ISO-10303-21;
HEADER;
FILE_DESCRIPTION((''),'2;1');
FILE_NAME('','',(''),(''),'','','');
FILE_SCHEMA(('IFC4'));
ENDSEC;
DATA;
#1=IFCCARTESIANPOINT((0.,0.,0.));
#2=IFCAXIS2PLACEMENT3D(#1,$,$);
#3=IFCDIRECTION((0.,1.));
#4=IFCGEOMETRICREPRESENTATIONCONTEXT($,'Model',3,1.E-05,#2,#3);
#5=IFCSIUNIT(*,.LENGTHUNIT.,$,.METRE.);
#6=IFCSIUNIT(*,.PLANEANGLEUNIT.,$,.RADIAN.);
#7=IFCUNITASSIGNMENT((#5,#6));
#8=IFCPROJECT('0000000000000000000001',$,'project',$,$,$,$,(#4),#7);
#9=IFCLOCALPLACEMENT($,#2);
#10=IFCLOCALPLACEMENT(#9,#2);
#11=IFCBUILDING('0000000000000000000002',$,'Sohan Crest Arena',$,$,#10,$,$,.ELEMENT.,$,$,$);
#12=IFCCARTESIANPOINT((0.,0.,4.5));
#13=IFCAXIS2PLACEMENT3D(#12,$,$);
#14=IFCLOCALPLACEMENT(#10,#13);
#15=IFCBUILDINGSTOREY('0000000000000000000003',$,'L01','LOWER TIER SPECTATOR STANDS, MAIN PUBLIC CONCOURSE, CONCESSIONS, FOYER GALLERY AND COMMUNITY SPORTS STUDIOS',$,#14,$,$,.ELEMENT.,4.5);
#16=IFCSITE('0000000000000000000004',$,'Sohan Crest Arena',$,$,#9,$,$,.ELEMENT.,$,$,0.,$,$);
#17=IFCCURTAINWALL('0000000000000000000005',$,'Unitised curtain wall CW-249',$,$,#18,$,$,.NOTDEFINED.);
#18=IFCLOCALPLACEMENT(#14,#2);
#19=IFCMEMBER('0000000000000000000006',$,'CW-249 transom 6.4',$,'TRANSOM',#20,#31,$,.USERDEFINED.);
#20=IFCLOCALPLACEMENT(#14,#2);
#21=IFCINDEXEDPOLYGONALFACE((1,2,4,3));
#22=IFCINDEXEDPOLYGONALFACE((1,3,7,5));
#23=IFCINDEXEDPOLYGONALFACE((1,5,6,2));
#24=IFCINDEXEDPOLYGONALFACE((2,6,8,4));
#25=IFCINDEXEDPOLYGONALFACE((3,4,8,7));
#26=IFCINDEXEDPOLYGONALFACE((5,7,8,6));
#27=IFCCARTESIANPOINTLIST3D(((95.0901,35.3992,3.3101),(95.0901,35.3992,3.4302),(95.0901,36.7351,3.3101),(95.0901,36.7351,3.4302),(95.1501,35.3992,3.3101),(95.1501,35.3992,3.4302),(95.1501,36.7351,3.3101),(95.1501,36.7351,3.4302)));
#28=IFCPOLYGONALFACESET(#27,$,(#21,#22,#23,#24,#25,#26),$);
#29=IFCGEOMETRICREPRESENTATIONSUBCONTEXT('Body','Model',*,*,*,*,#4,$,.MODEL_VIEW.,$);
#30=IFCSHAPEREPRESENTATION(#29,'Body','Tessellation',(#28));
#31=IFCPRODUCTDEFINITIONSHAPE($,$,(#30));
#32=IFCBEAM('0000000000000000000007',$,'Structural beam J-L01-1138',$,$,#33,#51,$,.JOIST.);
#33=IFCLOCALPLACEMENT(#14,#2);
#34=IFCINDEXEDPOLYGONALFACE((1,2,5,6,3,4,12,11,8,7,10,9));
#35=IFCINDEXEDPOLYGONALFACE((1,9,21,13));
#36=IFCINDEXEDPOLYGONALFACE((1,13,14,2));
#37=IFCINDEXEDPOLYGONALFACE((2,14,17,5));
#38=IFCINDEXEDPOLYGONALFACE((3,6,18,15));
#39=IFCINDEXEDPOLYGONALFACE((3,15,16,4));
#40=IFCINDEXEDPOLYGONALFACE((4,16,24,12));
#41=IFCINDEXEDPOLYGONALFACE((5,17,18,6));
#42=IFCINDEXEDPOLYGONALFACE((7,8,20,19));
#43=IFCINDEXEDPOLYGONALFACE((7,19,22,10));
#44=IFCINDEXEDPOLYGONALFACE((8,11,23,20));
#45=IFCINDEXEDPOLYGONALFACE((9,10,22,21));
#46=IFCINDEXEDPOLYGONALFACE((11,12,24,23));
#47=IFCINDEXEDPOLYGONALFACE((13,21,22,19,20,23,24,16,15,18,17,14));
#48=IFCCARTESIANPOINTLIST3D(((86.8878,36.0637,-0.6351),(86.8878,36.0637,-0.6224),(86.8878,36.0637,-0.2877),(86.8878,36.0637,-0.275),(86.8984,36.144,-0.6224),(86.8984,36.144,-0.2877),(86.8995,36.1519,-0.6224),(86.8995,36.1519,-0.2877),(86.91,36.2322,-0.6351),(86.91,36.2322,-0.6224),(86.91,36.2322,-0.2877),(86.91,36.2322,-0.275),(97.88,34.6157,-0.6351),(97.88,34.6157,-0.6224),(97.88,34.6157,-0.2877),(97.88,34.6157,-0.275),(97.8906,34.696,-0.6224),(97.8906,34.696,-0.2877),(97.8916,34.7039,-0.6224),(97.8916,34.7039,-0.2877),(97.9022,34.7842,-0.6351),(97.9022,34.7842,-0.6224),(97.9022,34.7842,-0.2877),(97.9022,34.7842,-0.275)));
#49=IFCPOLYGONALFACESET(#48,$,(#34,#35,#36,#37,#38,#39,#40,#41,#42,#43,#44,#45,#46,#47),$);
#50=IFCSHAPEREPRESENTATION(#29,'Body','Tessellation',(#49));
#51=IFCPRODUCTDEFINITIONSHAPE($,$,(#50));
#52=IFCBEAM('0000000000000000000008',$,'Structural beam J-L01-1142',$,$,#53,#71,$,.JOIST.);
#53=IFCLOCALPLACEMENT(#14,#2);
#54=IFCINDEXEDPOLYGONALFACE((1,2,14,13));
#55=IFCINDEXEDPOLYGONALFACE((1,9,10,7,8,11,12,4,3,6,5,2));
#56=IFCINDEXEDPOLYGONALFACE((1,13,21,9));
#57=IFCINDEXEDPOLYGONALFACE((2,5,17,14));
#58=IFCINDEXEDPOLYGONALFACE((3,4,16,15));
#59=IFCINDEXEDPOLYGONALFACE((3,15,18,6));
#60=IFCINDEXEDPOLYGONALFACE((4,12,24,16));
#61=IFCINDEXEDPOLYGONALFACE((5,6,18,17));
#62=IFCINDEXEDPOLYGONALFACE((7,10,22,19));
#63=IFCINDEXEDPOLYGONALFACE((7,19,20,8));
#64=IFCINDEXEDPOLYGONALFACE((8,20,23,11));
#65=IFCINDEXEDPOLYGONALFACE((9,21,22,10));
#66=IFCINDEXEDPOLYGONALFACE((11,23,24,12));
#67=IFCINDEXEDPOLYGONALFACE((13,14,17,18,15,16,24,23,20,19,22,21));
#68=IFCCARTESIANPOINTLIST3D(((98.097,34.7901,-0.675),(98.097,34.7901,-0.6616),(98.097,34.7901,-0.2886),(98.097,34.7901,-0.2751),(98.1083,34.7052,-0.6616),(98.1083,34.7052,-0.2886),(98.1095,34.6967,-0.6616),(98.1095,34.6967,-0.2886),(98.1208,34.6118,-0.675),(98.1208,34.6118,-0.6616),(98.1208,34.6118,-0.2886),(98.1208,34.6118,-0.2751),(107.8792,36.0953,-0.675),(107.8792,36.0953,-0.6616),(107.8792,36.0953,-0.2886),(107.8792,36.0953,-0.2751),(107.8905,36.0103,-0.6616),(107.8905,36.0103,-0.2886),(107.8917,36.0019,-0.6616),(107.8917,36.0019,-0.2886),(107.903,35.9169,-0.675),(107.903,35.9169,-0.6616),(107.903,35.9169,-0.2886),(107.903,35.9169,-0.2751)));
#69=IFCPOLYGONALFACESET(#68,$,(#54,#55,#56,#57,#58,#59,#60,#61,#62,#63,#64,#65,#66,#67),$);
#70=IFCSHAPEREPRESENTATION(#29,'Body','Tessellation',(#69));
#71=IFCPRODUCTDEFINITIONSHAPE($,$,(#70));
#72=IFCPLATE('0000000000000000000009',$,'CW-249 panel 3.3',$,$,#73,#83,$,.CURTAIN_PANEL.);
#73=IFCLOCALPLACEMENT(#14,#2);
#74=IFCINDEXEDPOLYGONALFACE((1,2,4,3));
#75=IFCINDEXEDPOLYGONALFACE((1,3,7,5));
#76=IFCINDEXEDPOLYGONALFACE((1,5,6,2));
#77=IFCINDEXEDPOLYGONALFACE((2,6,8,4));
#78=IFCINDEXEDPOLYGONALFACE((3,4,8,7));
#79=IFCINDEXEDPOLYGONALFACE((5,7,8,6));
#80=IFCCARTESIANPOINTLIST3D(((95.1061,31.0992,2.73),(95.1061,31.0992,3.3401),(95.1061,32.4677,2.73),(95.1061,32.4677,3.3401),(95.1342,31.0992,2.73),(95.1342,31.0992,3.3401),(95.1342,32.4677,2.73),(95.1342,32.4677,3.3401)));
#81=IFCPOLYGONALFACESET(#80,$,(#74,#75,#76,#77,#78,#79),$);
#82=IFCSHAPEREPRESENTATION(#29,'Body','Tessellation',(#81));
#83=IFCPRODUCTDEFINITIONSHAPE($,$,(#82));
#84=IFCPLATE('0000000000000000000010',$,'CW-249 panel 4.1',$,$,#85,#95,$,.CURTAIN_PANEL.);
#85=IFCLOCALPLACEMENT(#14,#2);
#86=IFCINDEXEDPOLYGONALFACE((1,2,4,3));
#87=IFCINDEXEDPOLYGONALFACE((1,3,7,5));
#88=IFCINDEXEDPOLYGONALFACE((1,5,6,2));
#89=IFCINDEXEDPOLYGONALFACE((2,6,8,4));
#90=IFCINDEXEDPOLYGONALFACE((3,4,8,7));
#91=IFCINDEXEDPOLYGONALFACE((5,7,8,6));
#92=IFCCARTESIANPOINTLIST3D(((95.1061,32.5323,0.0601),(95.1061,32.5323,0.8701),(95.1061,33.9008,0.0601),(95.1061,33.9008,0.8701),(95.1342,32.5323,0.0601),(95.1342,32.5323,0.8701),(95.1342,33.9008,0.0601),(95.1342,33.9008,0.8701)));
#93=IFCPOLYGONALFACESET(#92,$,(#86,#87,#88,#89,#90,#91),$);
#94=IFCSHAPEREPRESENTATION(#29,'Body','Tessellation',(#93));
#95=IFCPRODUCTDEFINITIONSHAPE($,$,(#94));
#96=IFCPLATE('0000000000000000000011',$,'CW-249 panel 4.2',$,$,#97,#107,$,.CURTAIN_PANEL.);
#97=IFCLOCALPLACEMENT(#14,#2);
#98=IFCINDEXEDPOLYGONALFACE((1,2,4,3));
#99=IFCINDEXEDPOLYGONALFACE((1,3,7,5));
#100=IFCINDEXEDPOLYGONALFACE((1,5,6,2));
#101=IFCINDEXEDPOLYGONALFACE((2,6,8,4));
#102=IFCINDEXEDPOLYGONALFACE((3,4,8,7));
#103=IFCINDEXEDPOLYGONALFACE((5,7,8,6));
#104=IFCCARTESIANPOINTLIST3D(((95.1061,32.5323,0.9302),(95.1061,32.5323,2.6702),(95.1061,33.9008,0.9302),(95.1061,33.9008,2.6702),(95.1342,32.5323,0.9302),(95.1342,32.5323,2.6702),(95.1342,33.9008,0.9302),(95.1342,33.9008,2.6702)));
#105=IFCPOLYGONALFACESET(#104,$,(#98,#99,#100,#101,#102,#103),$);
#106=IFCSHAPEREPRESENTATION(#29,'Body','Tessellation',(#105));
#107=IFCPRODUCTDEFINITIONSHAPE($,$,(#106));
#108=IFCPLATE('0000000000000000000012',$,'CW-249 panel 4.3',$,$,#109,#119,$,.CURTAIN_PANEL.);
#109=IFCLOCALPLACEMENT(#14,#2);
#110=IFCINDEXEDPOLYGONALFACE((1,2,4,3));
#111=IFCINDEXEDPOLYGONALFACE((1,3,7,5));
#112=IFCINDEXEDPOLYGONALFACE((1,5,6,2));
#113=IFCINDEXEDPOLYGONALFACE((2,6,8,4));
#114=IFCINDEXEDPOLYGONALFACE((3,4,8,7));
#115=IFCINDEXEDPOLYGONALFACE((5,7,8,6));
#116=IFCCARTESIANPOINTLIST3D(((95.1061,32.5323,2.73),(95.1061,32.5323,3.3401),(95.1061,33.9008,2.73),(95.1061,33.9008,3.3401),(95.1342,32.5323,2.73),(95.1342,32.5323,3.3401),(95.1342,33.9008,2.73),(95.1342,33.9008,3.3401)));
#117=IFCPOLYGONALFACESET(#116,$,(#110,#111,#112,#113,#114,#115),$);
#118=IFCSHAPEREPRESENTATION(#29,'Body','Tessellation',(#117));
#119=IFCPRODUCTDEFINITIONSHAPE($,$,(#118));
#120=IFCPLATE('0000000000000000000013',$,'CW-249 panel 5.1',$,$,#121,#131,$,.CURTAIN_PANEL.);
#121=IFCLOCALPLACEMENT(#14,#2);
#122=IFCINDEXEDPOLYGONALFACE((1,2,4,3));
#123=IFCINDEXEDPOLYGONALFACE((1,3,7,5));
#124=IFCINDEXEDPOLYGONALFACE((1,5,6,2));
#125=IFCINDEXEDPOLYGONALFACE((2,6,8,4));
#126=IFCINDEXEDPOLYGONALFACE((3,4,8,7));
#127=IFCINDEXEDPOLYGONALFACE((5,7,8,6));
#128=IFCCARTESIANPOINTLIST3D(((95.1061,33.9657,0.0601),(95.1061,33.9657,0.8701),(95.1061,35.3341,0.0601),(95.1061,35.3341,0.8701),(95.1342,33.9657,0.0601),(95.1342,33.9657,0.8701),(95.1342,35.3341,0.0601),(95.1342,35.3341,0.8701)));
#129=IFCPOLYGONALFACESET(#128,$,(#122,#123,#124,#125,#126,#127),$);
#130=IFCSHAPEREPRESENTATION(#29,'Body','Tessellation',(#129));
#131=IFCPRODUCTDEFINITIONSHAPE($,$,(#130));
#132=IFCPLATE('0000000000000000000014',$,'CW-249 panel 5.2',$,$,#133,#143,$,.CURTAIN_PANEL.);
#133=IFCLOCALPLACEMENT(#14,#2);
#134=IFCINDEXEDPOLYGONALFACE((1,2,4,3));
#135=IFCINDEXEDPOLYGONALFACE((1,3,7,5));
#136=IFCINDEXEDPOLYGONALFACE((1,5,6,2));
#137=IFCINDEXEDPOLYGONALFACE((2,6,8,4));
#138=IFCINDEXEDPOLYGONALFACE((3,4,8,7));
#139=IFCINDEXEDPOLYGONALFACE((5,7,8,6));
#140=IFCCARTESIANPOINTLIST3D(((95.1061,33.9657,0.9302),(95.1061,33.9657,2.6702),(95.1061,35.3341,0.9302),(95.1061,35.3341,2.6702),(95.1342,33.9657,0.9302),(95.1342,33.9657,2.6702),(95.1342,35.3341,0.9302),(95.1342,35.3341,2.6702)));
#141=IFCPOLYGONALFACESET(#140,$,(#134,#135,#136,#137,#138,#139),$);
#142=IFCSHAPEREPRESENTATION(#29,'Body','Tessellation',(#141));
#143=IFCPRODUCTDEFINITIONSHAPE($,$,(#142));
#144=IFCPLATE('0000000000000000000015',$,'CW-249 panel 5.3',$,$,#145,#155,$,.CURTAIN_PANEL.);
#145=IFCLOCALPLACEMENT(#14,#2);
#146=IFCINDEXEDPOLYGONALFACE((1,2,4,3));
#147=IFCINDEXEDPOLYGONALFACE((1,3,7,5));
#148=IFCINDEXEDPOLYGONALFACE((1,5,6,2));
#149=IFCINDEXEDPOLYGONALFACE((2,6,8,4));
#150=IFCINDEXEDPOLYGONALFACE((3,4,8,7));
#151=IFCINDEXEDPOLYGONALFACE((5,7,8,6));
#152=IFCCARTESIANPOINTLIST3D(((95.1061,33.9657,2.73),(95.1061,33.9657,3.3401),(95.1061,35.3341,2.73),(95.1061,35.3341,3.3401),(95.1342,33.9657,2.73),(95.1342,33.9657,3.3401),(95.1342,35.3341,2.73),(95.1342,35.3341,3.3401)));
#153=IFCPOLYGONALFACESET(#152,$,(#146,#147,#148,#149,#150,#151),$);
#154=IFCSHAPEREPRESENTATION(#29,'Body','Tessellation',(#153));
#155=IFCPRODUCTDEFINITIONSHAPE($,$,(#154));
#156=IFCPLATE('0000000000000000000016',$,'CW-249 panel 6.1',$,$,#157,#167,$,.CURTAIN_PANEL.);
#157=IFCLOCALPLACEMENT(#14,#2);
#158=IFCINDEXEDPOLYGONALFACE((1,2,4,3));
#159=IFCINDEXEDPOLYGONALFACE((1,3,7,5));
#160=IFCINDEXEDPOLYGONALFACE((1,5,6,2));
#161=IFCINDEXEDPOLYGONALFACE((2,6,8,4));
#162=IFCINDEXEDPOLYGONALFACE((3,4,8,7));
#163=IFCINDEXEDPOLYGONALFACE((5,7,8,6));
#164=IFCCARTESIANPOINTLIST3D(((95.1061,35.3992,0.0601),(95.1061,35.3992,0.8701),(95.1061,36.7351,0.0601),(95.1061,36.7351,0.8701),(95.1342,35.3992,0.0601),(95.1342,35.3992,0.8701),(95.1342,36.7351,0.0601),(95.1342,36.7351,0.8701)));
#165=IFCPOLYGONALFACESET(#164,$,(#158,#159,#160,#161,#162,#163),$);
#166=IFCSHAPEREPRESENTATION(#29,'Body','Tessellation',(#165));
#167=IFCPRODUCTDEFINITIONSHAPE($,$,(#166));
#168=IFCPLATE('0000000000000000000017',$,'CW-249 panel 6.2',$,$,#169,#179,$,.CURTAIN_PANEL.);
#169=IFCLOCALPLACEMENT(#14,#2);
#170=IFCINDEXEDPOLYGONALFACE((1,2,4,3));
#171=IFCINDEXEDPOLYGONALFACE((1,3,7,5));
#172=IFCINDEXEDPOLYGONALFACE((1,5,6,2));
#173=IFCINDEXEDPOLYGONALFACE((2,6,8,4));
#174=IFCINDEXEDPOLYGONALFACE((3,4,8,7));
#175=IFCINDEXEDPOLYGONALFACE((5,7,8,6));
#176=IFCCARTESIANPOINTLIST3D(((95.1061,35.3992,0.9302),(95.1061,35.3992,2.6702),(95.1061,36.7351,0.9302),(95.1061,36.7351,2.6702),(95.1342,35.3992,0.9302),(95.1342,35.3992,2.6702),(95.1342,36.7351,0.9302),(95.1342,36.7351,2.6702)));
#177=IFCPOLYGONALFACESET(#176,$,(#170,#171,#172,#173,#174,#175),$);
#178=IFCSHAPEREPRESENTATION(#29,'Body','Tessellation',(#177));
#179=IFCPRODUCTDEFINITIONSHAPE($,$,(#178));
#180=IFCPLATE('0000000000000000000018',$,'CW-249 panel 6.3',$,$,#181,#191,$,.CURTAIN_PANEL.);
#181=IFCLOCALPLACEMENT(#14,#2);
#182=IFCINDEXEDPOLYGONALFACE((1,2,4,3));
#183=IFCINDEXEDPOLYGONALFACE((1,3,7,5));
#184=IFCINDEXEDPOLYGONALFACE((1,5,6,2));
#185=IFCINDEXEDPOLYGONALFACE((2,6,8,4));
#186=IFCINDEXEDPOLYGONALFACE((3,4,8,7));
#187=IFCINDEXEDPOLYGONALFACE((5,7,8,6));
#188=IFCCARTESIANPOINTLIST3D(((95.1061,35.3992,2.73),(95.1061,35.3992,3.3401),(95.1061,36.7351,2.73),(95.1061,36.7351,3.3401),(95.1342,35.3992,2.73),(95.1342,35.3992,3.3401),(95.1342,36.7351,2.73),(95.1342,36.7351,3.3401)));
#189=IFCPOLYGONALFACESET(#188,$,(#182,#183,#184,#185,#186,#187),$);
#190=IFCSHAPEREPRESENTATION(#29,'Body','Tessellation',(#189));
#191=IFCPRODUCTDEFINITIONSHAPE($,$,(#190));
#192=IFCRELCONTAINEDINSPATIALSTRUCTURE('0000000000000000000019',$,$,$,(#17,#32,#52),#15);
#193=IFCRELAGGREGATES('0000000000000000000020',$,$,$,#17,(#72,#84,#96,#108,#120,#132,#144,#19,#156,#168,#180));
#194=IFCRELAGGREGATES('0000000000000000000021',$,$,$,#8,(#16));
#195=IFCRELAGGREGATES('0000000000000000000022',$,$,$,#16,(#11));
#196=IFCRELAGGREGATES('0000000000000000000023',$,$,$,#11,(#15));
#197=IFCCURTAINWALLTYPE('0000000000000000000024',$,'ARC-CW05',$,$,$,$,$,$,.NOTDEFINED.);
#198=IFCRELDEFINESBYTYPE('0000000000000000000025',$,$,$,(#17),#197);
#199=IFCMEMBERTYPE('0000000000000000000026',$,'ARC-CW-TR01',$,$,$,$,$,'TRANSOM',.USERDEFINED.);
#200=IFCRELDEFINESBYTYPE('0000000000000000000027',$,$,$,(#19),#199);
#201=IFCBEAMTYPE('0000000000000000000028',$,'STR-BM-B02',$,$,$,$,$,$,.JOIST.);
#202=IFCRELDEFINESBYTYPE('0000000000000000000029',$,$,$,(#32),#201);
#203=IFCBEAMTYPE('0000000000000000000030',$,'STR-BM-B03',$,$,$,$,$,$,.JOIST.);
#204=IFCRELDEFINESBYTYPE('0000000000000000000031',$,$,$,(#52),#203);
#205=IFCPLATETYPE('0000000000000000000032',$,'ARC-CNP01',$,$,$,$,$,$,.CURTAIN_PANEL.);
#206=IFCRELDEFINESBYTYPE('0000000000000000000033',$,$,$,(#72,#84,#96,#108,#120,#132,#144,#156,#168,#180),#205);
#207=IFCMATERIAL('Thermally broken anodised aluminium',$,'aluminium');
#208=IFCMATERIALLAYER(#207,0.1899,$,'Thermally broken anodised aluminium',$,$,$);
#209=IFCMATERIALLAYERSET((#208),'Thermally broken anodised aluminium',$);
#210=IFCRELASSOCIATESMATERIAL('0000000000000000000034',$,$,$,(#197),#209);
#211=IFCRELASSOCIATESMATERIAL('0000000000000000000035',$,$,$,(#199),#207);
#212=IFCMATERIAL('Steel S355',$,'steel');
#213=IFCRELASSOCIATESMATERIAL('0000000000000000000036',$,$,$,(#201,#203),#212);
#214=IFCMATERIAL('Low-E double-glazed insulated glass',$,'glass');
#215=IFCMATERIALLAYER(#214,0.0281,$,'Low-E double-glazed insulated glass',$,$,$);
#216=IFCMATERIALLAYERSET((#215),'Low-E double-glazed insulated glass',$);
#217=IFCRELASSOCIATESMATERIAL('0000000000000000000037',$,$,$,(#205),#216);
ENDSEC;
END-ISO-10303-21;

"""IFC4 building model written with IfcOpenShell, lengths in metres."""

from ifc_helpers import new_model, si_unit, direction, frame, origin, origin_2d, place, context, subcontext, project, spatial, rectangle, i_section, extrude, material, layer, layer_set, material_profile, profile_set, type_object, element, aggregate, save


model = new_model("IFC4")

# Units and contexts
model_context = context("Model", 3, precision=1e-05, world=origin(), true_north=direction((0.0, 1.0)))
body_context = subcontext(model_context, "Body", "Model", "MODEL_VIEW")
ifc_project = project(units=[si_unit("LENGTHUNIT", "METRE"), si_unit("PLANEANGLEUNIT", "RADIAN")], contexts=[model_context])

# Site, building, storey
site_placement = place(None, origin())
site = spatial("IfcSite", under=ifc_project, at=site_placement, Name="Sohan Crest Arena", CompositionType="ELEMENT", RefElevation=0.0)
building_placement = place(site_placement, origin())
building = spatial("IfcBuilding", under=site, at=building_placement, Name="Sohan Crest Arena", CompositionType="ELEMENT")
storey_placement = place(building_placement, frame((0.0, 0.0, 4.5)))
storey = spatial("IfcBuildingStorey", under=building, at=storey_placement, Name="L01", Description="LOWER TIER SPECTATOR STANDS, MAIN PUBLIC CONCOURSE, CONCESSIONS, FOYER GALLERY AND COMMUNITY SPORTS STUDIOS", CompositionType="ELEMENT", Elevation=4.5)

# Curtain wall, member
ifc_material_1 = material(Name="Thermally broken anodised aluminium", Category="aluminium")
ifc_layer_1 = layer(ifc_material_1, 0.1899, Name="Thermally broken anodised aluminium")
ifc_layer_set_1 = layer_set([ifc_layer_1], Name="Thermally broken anodised aluminium")
curtain_wall_type = type_object("IfcCurtainWallType", Name="ARC-CW05", PredefinedType="NOTDEFINED", material=ifc_layer_set_1)
curtain_wall_1_placement = place(storey_placement, origin())
curtain_wall_1 = element("IfcCurtainWall", 1, at=curtain_wall_1_placement, inside=storey, type_object=curtain_wall_type, Name="Unitised curtain wall CW-249", PredefinedType="NOTDEFINED")
ifc_material_profile_1 = material_profile(ifc_material_1, rectangle(XDim=0.0601, YDim=0.1201, at=origin_2d()), Name="ALU-TRAN 60x120")
ifc_profile_set_1 = profile_set([ifc_material_profile_1], Name="Thermally broken anodised aluminium")
member_type_1 = type_object("IfcMemberType", Name="ARC-CW-TR01", ElementType="TRANSOM", PredefinedType="USERDEFINED", material=ifc_profile_set_1)
member_1_placement = place(storey_placement, frame((95.1201, 35.3992, 3.3701), z_axis=(0.0, 1.0, 0.0), x_axis=(-1.0, 0.0, 0.0)))
member_1 = element("IfcMember", 2, at=member_1_placement, type_object=member_type_1, Name="CW-249 transom 6.4", ObjectType="TRANSOM", PredefinedType="USERDEFINED", context=body_context, shape_type="SweptSolid", body=[
    extrude(rectangle(XDim=0.0601, YDim=0.1201, at=origin_2d()), origin(), (0.0, 0.0, 1.0), 1.3359),
])

# Beams
ifc_material_2 = material(Name="Steel S355", Category="steel")
ifc_material_profile_2 = material_profile(ifc_material_2, i_section(OverallWidth=0.1699, OverallDepth=0.3601, WebThickness=0.0081, FlangeThickness=0.0127, at=origin_2d()), Name="IPE 360")
ifc_profile_set_2 = profile_set([ifc_material_profile_2], Name="Steel S355")
beam_type_1 = type_object("IfcBeamType", Name="STR-BM-B02", PredefinedType="JOIST", material=ifc_profile_set_2)
beam_1_placement = place(storey_placement, frame((86.8989, 36.1479, -0.4551), z_axis=(0.991435, -0.130601, 0.0), x_axis=(0.130601, 0.991435, 0.0)))
element("IfcBeam", 3, at=beam_1_placement, inside=storey, type_object=beam_type_1, Name="Structural beam J-L01-1138", PredefinedType="JOIST", context=body_context, shape_type="SweptSolid", body=[
    extrude(i_section(OverallWidth=0.1699, OverallDepth=0.3601, WebThickness=0.0081, FlangeThickness=0.0127, at=origin_2d()), origin(), (0.0, 0.0, 1.0), 11.0872),
])
ifc_material_profile_3 = material_profile(ifc_material_2, i_section(OverallWidth=0.1799, OverallDepth=0.3999, WebThickness=0.0085, FlangeThickness=0.0134, at=origin_2d()), Name="IPE 400")
ifc_profile_set_3 = profile_set([ifc_material_profile_3], Name="Steel S355")
beam_type_2 = type_object("IfcBeamType", Name="STR-BM-B03", PredefinedType="JOIST", material=ifc_profile_set_3)
beam_2_placement = place(storey_placement, frame((98.1089, 34.7009, -0.4751), z_axis=(0.991216, 0.132251, 0.0), x_axis=(-0.132251, 0.991216, 0.0)))
element("IfcBeam", 4, at=beam_2_placement, inside=storey, type_object=beam_type_2, Name="Structural beam J-L01-1142", PredefinedType="JOIST", context=body_context, shape_type="SweptSolid", body=[
    extrude(i_section(OverallWidth=0.1799, OverallDepth=0.3999, WebThickness=0.0085, FlangeThickness=0.0134, at=origin_2d()), origin(), (0.0, 0.0, 1.0), 9.8689),
])

# Plates
ifc_material_3 = material(Name="Low-E double-glazed insulated glass", Category="glass")
ifc_layer_2 = layer(ifc_material_3, 0.0281, Name="Low-E double-glazed insulated glass")
ifc_layer_set_2 = layer_set([ifc_layer_2], Name="Low-E double-glazed insulated glass")
plate_type_1 = type_object("IfcPlateType", Name="ARC-CNP01", PredefinedType="CURTAIN_PANEL", material=ifc_layer_set_2)
plate_1_placement = place(storey_placement, frame((95.1201, 31.7834, 2.73), z_axis=(0.0, 0.0, 1.0), x_axis=(0.0, 1.0, 0.0)))
plate_1 = element("IfcPlate", 5, at=plate_1_placement, type_object=plate_type_1, Name="CW-249 panel 3.3", PredefinedType="CURTAIN_PANEL", context=body_context, shape_type="SweptSolid", body=[
    extrude(rectangle(XDim=1.3684, YDim=0.0281, at=origin_2d()), origin(), (0.0, 0.0, 1.0), 0.6101),
])
plate_2_placement = place(storey_placement, frame((95.1201, 33.2166, 0.0601), z_axis=(0.0, 0.0, 1.0), x_axis=(0.0, 1.0, 0.0)))
plate_2 = element("IfcPlate", 6, at=plate_2_placement, type_object=plate_type_1, Name="CW-249 panel 4.1", PredefinedType="CURTAIN_PANEL", context=body_context, shape_type="SweptSolid", body=[
    extrude(rectangle(XDim=1.3684, YDim=0.0281, at=origin_2d()), origin(), (0.0, 0.0, 1.0), 0.8101),
])
plate_3_placement = place(storey_placement, frame((95.1201, 33.2166, 0.9302), z_axis=(0.0, 0.0, 1.0), x_axis=(0.0, 1.0, 0.0)))
plate_3 = element("IfcPlate", 7, at=plate_3_placement, type_object=plate_type_1, Name="CW-249 panel 4.2", PredefinedType="CURTAIN_PANEL", context=body_context, shape_type="SweptSolid", body=[
    extrude(rectangle(XDim=1.3684, YDim=0.0281, at=origin_2d()), origin(), (0.0, 0.0, 1.0), 1.74),
])
plate_4_placement = place(storey_placement, frame((95.1201, 33.2166, 2.73), z_axis=(0.0, 0.0, 1.0), x_axis=(0.0, 1.0, 0.0)))
plate_4 = element("IfcPlate", 8, at=plate_4_placement, type_object=plate_type_1, Name="CW-249 panel 4.3", PredefinedType="CURTAIN_PANEL", context=body_context, shape_type="SweptSolid", body=[
    extrude(rectangle(XDim=1.3684, YDim=0.0281, at=origin_2d()), origin(), (0.0, 0.0, 1.0), 0.6101),
])
plate_5_placement = place(storey_placement, frame((95.1201, 34.6499, 0.0601), z_axis=(0.0, 0.0, 1.0), x_axis=(0.0, 1.0, 0.0)))
plate_5 = element("IfcPlate", 9, at=plate_5_placement, type_object=plate_type_1, Name="CW-249 panel 5.1", PredefinedType="CURTAIN_PANEL", context=body_context, shape_type="SweptSolid", body=[
    extrude(rectangle(XDim=1.3684, YDim=0.0281, at=origin_2d()), origin(), (0.0, 0.0, 1.0), 0.8101),
])
plate_6_placement = place(storey_placement, frame((95.1201, 34.6499, 0.9302), z_axis=(0.0, 0.0, 1.0), x_axis=(0.0, 1.0, 0.0)))
plate_6 = element("IfcPlate", 10, at=plate_6_placement, type_object=plate_type_1, Name="CW-249 panel 5.2", PredefinedType="CURTAIN_PANEL", context=body_context, shape_type="SweptSolid", body=[
    extrude(rectangle(XDim=1.3684, YDim=0.0281, at=origin_2d()), origin(), (0.0, 0.0, 1.0), 1.74),
])
plate_7_placement = place(storey_placement, frame((95.1201, 34.6499, 2.73), z_axis=(0.0, 0.0, 1.0), x_axis=(0.0, 1.0, 0.0)))
plate_7 = element("IfcPlate", 11, at=plate_7_placement, type_object=plate_type_1, Name="CW-249 panel 5.3", PredefinedType="CURTAIN_PANEL", context=body_context, shape_type="SweptSolid", body=[
    extrude(rectangle(XDim=1.3684, YDim=0.0281, at=origin_2d()), origin(), (0.0, 0.0, 1.0), 0.6101),
])
plate_8_placement = place(storey_placement, frame((95.1201, 36.0671, 0.0601), z_axis=(0.0, 0.0, 1.0), x_axis=(0.0, 1.0, 0.0)))
plate_8 = element("IfcPlate", 12, at=plate_8_placement, type_object=plate_type_1, Name="CW-249 panel 6.1", PredefinedType="CURTAIN_PANEL", context=body_context, shape_type="SweptSolid", body=[
    extrude(rectangle(XDim=1.3359, YDim=0.0281, at=origin_2d()), origin(), (0.0, 0.0, 1.0), 0.8101),
])
plate_9_placement = place(storey_placement, frame((95.1201, 36.0671, 0.9302), z_axis=(0.0, 0.0, 1.0), x_axis=(0.0, 1.0, 0.0)))
plate_9 = element("IfcPlate", 13, at=plate_9_placement, type_object=plate_type_1, Name="CW-249 panel 6.2", PredefinedType="CURTAIN_PANEL", context=body_context, shape_type="SweptSolid", body=[
    extrude(rectangle(XDim=1.3359, YDim=0.0281, at=origin_2d()), origin(), (0.0, 0.0, 1.0), 1.74),
])
plate_10_placement = place(storey_placement, frame((95.1201, 36.0671, 2.73), z_axis=(0.0, 0.0, 1.0), x_axis=(0.0, 1.0, 0.0)))
plate_10 = element("IfcPlate", 14, at=plate_10_placement, type_object=plate_type_1, Name="CW-249 panel 6.3", PredefinedType="CURTAIN_PANEL", context=body_context, shape_type="SweptSolid", body=[
    extrude(rectangle(XDim=1.3359, YDim=0.0281, at=origin_2d()), origin(), (0.0, 0.0, 1.0), 0.6101),
])
aggregate(curtain_wall_1, [plate_1, plate_2, plate_3, plate_4, plate_5, plate_6, plate_7, member_1, plate_8, plate_9, plate_10])

save(model, "model.ifc")
